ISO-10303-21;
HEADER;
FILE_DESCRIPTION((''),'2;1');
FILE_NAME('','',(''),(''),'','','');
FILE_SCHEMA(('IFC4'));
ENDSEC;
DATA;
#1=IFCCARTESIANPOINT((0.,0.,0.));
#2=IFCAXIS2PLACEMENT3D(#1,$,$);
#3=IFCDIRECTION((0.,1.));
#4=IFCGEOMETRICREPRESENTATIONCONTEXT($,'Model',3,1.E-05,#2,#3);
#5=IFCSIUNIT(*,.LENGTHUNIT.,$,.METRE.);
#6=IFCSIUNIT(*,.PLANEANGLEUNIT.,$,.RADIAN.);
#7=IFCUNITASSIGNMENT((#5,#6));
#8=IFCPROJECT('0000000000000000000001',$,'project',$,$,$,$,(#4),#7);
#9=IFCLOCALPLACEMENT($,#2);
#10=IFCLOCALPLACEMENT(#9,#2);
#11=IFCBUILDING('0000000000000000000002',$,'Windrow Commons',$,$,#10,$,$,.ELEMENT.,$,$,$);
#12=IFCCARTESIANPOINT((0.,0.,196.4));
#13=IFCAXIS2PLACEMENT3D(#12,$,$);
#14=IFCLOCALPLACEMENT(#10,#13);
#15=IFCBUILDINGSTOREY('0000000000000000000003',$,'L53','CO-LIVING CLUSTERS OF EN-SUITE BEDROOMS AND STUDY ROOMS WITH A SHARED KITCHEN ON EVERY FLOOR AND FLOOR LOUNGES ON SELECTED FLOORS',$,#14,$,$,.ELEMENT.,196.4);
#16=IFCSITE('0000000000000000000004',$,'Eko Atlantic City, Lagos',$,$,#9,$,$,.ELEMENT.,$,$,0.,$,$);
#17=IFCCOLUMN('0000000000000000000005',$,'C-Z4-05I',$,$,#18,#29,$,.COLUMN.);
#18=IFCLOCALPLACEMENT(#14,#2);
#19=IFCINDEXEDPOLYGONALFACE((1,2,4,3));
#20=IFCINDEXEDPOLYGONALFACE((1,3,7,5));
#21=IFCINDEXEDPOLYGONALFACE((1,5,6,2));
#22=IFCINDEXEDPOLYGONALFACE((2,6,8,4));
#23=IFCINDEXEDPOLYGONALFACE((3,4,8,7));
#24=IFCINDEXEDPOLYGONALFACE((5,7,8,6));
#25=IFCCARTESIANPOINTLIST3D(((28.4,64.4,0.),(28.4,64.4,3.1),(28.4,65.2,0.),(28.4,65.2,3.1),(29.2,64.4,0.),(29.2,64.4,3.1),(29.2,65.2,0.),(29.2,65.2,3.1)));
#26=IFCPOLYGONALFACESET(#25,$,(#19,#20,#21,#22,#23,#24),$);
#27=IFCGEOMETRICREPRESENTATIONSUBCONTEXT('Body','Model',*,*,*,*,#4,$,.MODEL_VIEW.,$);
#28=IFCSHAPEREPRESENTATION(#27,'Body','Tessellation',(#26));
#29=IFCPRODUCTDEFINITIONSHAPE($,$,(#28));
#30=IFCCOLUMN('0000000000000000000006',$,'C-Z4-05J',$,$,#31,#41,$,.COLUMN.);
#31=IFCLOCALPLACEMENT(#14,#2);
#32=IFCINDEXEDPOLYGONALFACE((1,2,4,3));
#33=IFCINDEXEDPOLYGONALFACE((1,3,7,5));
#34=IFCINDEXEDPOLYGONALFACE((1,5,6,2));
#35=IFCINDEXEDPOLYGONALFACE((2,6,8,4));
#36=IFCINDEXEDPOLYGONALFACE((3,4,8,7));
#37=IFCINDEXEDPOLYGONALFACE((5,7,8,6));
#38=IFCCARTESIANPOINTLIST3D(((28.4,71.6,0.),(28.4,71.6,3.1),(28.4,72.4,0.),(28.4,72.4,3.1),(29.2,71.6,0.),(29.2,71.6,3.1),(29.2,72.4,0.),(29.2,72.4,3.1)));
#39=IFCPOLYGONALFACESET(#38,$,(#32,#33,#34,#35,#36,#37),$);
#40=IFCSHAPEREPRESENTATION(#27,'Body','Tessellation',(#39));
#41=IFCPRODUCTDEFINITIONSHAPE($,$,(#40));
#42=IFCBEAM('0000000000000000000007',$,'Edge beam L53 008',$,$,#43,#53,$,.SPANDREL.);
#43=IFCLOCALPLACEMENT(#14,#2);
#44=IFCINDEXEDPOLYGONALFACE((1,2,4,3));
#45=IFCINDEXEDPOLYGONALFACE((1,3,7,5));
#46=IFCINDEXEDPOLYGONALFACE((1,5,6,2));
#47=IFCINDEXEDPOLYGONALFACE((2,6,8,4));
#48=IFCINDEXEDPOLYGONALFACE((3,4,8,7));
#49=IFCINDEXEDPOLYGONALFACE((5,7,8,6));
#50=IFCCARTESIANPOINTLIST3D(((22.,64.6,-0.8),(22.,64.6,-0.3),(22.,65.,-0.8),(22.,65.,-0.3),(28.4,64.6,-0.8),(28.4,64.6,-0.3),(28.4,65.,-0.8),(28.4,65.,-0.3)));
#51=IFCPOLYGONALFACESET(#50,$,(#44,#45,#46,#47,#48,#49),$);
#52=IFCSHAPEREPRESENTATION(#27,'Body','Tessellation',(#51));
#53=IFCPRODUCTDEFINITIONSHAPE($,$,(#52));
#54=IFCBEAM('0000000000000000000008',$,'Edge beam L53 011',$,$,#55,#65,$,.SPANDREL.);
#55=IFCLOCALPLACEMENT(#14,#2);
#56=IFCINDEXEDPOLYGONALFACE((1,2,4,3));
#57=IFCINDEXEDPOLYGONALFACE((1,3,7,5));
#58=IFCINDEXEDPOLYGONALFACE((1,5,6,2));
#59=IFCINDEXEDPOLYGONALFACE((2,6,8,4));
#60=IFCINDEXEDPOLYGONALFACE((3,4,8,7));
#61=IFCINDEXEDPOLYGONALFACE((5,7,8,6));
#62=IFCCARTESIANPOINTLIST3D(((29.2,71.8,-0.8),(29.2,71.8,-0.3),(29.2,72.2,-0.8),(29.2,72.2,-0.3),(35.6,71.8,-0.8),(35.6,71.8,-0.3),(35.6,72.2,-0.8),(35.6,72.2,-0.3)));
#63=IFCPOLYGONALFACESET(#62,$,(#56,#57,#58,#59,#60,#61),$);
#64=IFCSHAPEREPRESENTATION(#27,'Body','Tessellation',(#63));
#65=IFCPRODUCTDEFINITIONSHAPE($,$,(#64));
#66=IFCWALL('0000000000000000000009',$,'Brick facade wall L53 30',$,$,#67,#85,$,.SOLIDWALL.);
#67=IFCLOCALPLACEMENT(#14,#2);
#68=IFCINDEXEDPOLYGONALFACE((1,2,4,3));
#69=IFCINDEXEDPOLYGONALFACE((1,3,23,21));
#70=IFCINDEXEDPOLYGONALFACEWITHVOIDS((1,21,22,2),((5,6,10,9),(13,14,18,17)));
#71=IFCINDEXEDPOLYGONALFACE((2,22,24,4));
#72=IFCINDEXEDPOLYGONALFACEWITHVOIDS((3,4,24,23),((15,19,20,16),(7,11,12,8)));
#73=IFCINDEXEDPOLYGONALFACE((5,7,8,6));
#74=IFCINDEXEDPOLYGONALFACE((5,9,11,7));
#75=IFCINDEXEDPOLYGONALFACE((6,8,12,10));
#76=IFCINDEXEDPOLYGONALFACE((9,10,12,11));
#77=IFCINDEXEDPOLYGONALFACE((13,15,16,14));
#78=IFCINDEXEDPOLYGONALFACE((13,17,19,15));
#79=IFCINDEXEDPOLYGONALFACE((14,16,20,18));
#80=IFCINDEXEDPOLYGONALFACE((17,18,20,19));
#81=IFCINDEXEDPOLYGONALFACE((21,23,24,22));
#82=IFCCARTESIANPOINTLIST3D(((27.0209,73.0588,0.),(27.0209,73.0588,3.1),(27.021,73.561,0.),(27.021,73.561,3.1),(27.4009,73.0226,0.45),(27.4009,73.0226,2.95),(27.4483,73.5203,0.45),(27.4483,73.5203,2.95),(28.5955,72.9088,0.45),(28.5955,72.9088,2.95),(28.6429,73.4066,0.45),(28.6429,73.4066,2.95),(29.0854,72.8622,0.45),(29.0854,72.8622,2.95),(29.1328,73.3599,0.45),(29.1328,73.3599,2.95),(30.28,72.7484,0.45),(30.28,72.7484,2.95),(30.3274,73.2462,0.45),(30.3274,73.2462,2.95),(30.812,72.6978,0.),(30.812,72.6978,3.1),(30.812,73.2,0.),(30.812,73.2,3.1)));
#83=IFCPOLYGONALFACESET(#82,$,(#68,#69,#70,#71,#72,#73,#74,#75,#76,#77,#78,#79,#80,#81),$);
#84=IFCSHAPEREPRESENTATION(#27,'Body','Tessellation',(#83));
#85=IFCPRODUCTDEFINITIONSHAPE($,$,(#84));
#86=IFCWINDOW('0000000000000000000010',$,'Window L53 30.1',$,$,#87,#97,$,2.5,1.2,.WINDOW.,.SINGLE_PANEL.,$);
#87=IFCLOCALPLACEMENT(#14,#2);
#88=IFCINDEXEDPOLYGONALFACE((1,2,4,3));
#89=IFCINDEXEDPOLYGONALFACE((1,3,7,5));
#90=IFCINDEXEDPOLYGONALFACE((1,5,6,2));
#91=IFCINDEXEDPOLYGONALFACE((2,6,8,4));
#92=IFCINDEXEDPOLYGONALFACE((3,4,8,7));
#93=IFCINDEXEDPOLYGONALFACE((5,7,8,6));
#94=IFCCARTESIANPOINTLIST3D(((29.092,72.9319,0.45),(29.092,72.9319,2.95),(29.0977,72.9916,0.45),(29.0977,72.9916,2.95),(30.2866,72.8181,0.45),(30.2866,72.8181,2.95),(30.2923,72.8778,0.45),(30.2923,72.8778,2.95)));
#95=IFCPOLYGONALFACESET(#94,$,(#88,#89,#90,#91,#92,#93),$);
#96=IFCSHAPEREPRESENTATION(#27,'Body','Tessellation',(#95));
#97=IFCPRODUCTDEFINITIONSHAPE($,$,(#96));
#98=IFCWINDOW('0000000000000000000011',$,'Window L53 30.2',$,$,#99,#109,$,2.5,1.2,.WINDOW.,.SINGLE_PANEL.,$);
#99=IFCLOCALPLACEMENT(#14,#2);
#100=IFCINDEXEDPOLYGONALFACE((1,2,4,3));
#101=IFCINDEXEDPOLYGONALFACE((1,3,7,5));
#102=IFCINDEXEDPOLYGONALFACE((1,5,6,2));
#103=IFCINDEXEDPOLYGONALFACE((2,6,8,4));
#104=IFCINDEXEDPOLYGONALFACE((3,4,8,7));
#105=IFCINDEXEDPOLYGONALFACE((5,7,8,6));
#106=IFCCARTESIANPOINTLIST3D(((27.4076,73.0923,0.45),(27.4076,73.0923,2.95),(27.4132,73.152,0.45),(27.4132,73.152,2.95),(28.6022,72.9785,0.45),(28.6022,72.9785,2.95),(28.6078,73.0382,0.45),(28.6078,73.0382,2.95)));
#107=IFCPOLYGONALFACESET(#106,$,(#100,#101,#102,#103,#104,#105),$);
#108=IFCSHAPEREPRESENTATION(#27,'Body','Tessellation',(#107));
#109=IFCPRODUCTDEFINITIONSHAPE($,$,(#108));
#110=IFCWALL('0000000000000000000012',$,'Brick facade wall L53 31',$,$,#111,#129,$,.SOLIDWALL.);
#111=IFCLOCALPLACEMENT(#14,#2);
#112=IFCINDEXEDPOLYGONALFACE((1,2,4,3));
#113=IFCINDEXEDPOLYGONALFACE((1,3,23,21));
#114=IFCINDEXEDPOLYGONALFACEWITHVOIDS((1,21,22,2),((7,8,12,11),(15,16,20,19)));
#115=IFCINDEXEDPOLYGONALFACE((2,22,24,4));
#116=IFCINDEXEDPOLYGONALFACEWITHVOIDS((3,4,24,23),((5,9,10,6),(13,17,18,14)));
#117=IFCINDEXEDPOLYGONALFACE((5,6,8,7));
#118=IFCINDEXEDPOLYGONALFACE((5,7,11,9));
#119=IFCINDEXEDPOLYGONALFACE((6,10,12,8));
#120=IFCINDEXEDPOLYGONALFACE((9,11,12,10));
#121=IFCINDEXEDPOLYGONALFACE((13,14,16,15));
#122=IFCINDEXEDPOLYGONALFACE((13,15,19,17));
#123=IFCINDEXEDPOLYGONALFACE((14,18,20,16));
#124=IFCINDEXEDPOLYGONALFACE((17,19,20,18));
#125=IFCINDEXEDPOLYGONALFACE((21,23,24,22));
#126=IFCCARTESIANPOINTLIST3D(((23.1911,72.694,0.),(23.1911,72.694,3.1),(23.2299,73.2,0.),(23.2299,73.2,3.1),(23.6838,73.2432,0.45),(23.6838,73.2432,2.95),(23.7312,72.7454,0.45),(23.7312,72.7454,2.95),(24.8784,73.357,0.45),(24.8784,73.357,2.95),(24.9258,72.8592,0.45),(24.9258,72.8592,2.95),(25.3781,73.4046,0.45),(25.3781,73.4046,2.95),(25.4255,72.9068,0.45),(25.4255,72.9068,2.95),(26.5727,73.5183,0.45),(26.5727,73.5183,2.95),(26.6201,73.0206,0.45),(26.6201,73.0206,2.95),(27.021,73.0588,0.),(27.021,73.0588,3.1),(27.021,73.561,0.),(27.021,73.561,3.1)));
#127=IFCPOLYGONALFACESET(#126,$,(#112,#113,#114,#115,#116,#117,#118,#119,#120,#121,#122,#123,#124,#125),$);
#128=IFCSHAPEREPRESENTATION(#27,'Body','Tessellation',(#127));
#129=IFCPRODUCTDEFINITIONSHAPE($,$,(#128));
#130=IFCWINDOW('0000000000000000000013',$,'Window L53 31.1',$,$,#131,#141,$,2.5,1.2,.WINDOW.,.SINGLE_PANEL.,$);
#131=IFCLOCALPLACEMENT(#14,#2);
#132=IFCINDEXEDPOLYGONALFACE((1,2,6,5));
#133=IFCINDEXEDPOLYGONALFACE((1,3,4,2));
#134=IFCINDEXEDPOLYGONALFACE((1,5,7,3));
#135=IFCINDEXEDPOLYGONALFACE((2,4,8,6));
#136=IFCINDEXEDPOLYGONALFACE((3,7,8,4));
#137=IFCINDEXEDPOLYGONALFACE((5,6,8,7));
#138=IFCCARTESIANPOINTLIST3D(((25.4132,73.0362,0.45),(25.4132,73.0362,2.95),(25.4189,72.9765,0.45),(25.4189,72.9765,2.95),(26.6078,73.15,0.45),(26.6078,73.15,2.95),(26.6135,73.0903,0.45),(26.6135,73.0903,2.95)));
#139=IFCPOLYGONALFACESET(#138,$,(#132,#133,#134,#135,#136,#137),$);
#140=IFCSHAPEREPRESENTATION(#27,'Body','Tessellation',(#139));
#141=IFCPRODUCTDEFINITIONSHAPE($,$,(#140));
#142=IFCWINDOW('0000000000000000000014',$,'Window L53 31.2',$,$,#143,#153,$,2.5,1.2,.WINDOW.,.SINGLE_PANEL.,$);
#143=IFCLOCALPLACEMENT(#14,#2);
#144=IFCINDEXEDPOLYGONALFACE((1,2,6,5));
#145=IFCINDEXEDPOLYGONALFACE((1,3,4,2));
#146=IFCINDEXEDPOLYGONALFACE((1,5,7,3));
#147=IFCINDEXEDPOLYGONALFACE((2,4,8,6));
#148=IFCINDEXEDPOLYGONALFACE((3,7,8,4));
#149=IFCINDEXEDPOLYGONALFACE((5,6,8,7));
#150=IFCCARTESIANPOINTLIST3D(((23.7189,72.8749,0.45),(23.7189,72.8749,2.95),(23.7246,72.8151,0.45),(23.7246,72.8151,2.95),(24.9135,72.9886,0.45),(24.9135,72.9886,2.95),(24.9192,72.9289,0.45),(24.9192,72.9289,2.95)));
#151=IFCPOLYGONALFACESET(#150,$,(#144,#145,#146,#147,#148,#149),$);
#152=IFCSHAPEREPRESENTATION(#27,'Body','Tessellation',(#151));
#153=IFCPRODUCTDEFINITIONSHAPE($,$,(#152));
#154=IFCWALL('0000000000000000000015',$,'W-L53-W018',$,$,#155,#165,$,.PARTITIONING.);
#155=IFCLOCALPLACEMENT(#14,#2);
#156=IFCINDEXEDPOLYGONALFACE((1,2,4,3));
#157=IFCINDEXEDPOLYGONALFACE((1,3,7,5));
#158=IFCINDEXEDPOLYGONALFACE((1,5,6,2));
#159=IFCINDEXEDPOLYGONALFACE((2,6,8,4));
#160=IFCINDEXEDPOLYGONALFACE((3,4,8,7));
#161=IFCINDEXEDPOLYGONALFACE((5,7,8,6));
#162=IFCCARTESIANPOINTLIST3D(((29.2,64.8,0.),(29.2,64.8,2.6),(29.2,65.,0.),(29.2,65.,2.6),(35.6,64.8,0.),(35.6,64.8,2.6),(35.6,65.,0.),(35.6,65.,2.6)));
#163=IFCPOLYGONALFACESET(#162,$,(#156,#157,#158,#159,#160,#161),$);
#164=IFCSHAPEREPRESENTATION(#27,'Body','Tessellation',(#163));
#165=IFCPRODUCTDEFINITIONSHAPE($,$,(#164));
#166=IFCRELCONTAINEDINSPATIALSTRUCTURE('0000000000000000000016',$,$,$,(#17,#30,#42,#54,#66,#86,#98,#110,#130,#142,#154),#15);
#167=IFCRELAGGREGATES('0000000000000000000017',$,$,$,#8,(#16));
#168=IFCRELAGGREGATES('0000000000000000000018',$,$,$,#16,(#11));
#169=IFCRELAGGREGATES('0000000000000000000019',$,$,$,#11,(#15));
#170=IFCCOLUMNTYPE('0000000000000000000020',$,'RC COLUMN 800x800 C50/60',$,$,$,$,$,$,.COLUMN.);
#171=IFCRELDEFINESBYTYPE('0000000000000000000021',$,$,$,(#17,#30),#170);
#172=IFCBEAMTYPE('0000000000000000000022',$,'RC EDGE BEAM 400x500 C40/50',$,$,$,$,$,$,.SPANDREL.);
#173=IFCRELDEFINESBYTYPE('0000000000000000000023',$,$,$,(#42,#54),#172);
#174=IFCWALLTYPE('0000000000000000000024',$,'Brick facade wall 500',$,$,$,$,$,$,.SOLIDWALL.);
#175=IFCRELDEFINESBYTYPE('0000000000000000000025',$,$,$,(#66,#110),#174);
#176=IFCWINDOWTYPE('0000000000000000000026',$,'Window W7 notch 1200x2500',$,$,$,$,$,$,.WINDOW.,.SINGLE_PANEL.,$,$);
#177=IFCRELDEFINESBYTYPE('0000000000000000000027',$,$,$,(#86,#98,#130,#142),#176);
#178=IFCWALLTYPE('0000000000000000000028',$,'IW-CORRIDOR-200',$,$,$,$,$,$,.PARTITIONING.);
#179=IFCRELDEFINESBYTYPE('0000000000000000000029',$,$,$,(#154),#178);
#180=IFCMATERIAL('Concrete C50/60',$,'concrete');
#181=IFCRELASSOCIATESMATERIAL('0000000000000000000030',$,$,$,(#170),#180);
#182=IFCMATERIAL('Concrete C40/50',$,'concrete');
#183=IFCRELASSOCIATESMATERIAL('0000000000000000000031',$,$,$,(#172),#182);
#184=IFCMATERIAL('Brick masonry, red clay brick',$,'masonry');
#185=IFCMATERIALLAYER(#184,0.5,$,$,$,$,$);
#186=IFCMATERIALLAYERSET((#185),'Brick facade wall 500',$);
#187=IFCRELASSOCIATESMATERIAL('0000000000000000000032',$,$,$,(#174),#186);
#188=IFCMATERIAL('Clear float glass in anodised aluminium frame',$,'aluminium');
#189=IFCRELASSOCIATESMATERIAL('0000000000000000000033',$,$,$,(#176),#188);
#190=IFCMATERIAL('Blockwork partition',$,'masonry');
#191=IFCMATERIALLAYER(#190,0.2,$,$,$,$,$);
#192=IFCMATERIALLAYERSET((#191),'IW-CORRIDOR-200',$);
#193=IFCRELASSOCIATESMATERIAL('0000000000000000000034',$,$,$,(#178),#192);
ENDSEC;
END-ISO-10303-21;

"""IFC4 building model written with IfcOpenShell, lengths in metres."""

from ifc_helpers import new_model, si_unit, direction, frame, frame_2d, origin, origin_2d, place, context, subcontext, project, spatial, polyline, rectangle, outline, extrude, material, layer, layer_set, material_profile, profile_set, type_object, element, fill, save


model = new_model("IFC4")

# Units and contexts
model_context = context("Model", 3, precision=1e-05, world=origin(), true_north=direction((0.0, 1.0)))
body_context = subcontext(model_context, "Body", "Model", "MODEL_VIEW")
ifc_project = project(units=[si_unit("LENGTHUNIT", "METRE"), si_unit("PLANEANGLEUNIT", "RADIAN")], contexts=[model_context])

# Site, building, storey
site_placement = place(None, origin())
site = spatial("IfcSite", under=ifc_project, at=site_placement, Name="Eko Atlantic City, Lagos", CompositionType="ELEMENT", RefElevation=0.0)
building_placement = place(site_placement, origin())
building = spatial("IfcBuilding", under=site, at=building_placement, Name="Windrow Commons", CompositionType="ELEMENT")
storey_placement = place(building_placement, frame((0.0, 0.0, 196.4)))
storey = spatial("IfcBuildingStorey", under=building, at=storey_placement, Name="L53", Description="CO-LIVING CLUSTERS OF EN-SUITE BEDROOMS AND STUDY ROOMS WITH A SHARED KITCHEN ON EVERY FLOOR AND FLOOR LOUNGES ON SELECTED FLOORS", CompositionType="ELEMENT", Elevation=196.4)

# Columns
ifc_material_1 = material(Name="Concrete C50/60", Category="concrete")
ifc_material_profile_1 = material_profile(ifc_material_1, rectangle(XDim=0.8, YDim=0.8, at=origin_2d()))
ifc_profile_set_1 = profile_set([ifc_material_profile_1], Name="Concrete C50/60")
column_type = type_object("IfcColumnType", Name="RC COLUMN 800x800 C50/60", PredefinedType="COLUMN", material=ifc_profile_set_1)
for number, where, z_axis, x_axis, name in (
    (1, (28.8, 64.8, 0.0), (0.0, 0.0, 1.0), (1.0, 0.0, 0.0), "C-Z4-05I"),
    (2, (28.8, 72.0, 0.0), (0.0, 0.0, 1.0), (1.0, 0.0, 0.0), "C-Z4-05J"),
):
    element("IfcColumn", number, at=place(storey_placement, frame(where, z_axis=z_axis, x_axis=x_axis)), inside=storey, type_object=column_type, Name=name, PredefinedType="COLUMN", context=body_context, shape_type="SweptSolid", body=[
        extrude(rectangle(XDim=0.8, YDim=0.8, at=origin_2d()), origin(), (0.0, 0.0, 1.0), 3.1),
    ])

# Beams
ifc_material_2 = material(Name="Concrete C40/50", Category="concrete")
ifc_material_profile_2 = material_profile(ifc_material_2, rectangle(XDim=0.4, YDim=0.5, at=origin_2d()))
ifc_profile_set_2 = profile_set([ifc_material_profile_2], Name="Concrete C40/50")
beam_type = type_object("IfcBeamType", Name="RC EDGE BEAM 400x500 C40/50", PredefinedType="SPANDREL", material=ifc_profile_set_2)
for number, where, z_axis, x_axis, name in (
    (3, (28.4, 64.8, -0.55), (-1.0, 0.0, 0.0), (0.0, -1.0, 0.0), "Edge beam L53 008"),
    (4, (29.2, 72.0, -0.55), (1.0, 0.0, 0.0), (0.0, 1.0, 0.0), "Edge beam L53 011"),
):
    element("IfcBeam", number, at=place(storey_placement, frame(where, z_axis=z_axis, x_axis=x_axis)), inside=storey, type_object=beam_type, Name=name, PredefinedType="SPANDREL", context=body_context, shape_type="SweptSolid", body=[
        extrude(rectangle(XDim=0.4, YDim=0.5, at=origin_2d()), origin(), (0.0, 0.0, 1.0), 6.4),
    ])

# Walls, openings, windows
ifc_material_3 = material(Name="Brick masonry, red clay brick", Category="masonry")
ifc_layer_1 = layer(ifc_material_3, 0.5)
ifc_layer_set_1 = layer_set([ifc_layer_1], Name="Brick facade wall 500")
wall_type_1 = type_object("IfcWallType", Name="Brick facade wall 500", PredefinedType="SOLIDWALL", material=ifc_layer_set_1)
wall_1_placement = place(storey_placement, frame((30.812, 72.9489, 0.0), z_axis=(0.0, 0.0, 1.0), x_axis=(-0.995497, 0.094797, 0.0)))
wall_1 = element("IfcWall", 5, at=wall_1_placement, inside=storey, type_object=wall_type_1, Name="Brick facade wall L53 30", PredefinedType="SOLIDWALL", context=body_context, shape_type="SweptSolid", body=[
    extrude(outline(polyline([(0.0238, -0.25), (3.832, -0.25), (3.7844, 0.25), (-0.0238, 0.25), (0.0238, -0.25)])), origin(), (0.0, 0.0, 1.0), 3.1),
])
opening_1_placement = place(wall_1_placement, frame((0.5106, 0.0, 0.45)))
opening_1 = element("IfcOpeningElement", 6, at=opening_1_placement, cuts=wall_1, PredefinedType="OPENING", context=body_context, shape_type="SweptSolid", body=[
    extrude(rectangle(XDim=1.2, YDim=2.5, at=frame_2d((0.6, 1.25))), frame((0.0, 0.26, 0.0), z_axis=(0.0, -1.0, 0.0), x_axis=(1.0, 0.0, 0.0)), (0.0, 0.0, 1.0), 0.52),
])
opening_2_placement = place(wall_1_placement, frame((2.2027, 0.0, 0.45)))
opening_2 = element("IfcOpeningElement", 7, at=opening_2_placement, cuts=wall_1, PredefinedType="OPENING", context=body_context, shape_type="SweptSolid", body=[
    extrude(rectangle(XDim=1.2, YDim=2.5, at=frame_2d((0.6, 1.25))), frame((0.0, 0.26, 0.0), z_axis=(0.0, -1.0, 0.0), x_axis=(1.0, 0.0, 0.0)), (0.0, 0.0, 1.0), 0.52),
])
ifc_material_4 = material(Name="Clear float glass in anodised aluminium frame", Category="aluminium")
window_type = type_object("IfcWindowType", Name="Window W7 notch 1200x2500", PartitioningType="SINGLE_PANEL", PredefinedType="WINDOW", material=ifc_material_4)
window_1_placement = place(opening_1_placement, origin())
window_1 = element("IfcWindow", 8, at=window_1_placement, inside=storey, type_object=window_type, Name="Window L53 30.1", OverallHeight=2.5, OverallWidth=1.2, PartitioningType="SINGLE_PANEL", PredefinedType="WINDOW", context=body_context, shape_type="SweptSolid", body=[
    extrude(rectangle(XDim=1.2, YDim=2.5, at=frame_2d((0.6, 1.25))), frame((0.0, 0.18, 0.0), z_axis=(0.0, -1.0, 0.0), x_axis=(1.0, 0.0, 0.0)), (0.0, 0.0, 1.0), 0.06),
])
fill(opening_1, window_1)
window_2_placement = place(opening_2_placement, origin())
window_2 = element("IfcWindow", 9, at=window_2_placement, inside=storey, type_object=window_type, Name="Window L53 30.2", OverallHeight=2.5, OverallWidth=1.2, PartitioningType="SINGLE_PANEL", PredefinedType="WINDOW", context=body_context, shape_type="SweptSolid", body=[
    extrude(rectangle(XDim=1.2, YDim=2.5, at=frame_2d((0.6, 1.25))), frame((0.0, 0.18, 0.0), z_axis=(0.0, -1.0, 0.0), x_axis=(1.0, 0.0, 0.0)), (0.0, 0.0, 1.0), 0.06),
])
fill(opening_2, window_2)
wall_2_placement = place(storey_placement, frame((27.021, 73.3099, 0.0), z_axis=(0.0, 0.0, 1.0), x_axis=(-0.995495, -0.09481, 0.0)))
wall_2 = element("IfcWall", 10, at=wall_2_placement, inside=storey, type_object=wall_type_1, Name="Brick facade wall L53 31", PredefinedType="SOLIDWALL", context=body_context, shape_type="SweptSolid", body=[
    extrude(outline(polyline([(-0.0238, -0.25), (3.7844, -0.25), (3.871, 0.25), (0.0238, 0.25), (-0.0238, -0.25)])), origin(), (0.0, 0.0, 1.0), 3.1),
])
opening_3_placement = place(wall_2_placement, frame((0.4265, 0.0, 0.45)))
opening_3 = element("IfcOpeningElement", 11, at=opening_3_placement, cuts=wall_2, PredefinedType="OPENING", context=body_context, shape_type="SweptSolid", body=[
    extrude(rectangle(XDim=1.2, YDim=2.5, at=frame_2d((0.6, 1.25))), frame((0.0, 0.26, 0.0), z_axis=(0.0, -1.0, 0.0), x_axis=(1.0, 0.0, 0.0)), (0.0, 0.0, 1.0), 0.52),
])
opening_4_placement = place(wall_2_placement, frame((2.1285, 0.0, 0.45)))
opening_4 = element("IfcOpeningElement", 12, at=opening_4_placement, cuts=wall_2, PredefinedType="OPENING", context=body_context, shape_type="SweptSolid", body=[
    extrude(rectangle(XDim=1.2, YDim=2.5, at=frame_2d((0.6, 1.25))), frame((0.0, 0.26, 0.0), z_axis=(0.0, -1.0, 0.0), x_axis=(1.0, 0.0, 0.0)), (0.0, 0.0, 1.0), 0.52),
])
window_3_placement = place(opening_3_placement, origin())
window_3 = element("IfcWindow", 13, at=window_3_placement, inside=storey, type_object=window_type, Name="Window L53 31.1", OverallHeight=2.5, OverallWidth=1.2, PartitioningType="SINGLE_PANEL", PredefinedType="WINDOW", context=body_context, shape_type="SweptSolid", body=[
    extrude(rectangle(XDim=1.2, YDim=2.5, at=frame_2d((0.6, 1.25))), frame((0.0, 0.18, 0.0), z_axis=(0.0, -1.0, 0.0), x_axis=(1.0, 0.0, 0.0)), (0.0, 0.0, 1.0), 0.06),
])
fill(opening_3, window_3)
window_4_placement = place(opening_4_placement, origin())
window_4 = element("IfcWindow", 14, at=window_4_placement, inside=storey, type_object=window_type, Name="Window L53 31.2", OverallHeight=2.5, OverallWidth=1.2, PartitioningType="SINGLE_PANEL", PredefinedType="WINDOW", context=body_context, shape_type="SweptSolid", body=[
    extrude(rectangle(XDim=1.2, YDim=2.5, at=frame_2d((0.6, 1.25))), frame((0.0, 0.18, 0.0), z_axis=(0.0, -1.0, 0.0), x_axis=(1.0, 0.0, 0.0)), (0.0, 0.0, 1.0), 0.06),
])
fill(opening_4, window_4)

# Wall
ifc_material_5 = material(Name="Blockwork partition", Category="masonry")
ifc_layer_2 = layer(ifc_material_5, 0.2)
ifc_layer_set_2 = layer_set([ifc_layer_2], Name="IW-CORRIDOR-200")
wall_type_2 = type_object("IfcWallType", Name="IW-CORRIDOR-200", PredefinedType="PARTITIONING", material=ifc_layer_set_2)
wall_3_placement = place(storey_placement, frame((29.2, 64.9, 0.0), z_axis=(0.0, 0.0, 1.0), x_axis=(1.0, 0.0, 0.0)))
element("IfcWall", 15, at=wall_3_placement, inside=storey, type_object=wall_type_2, Name="W-L53-W018", PredefinedType="PARTITIONING", context=body_context, shape_type="SweptSolid", body=[
    extrude(rectangle(XDim=6.4, YDim=0.2, at=frame_2d((3.2, 0.0))), origin(), (0.0, 0.0, 1.0), 2.6),
])

save(model, "model.ifc")
